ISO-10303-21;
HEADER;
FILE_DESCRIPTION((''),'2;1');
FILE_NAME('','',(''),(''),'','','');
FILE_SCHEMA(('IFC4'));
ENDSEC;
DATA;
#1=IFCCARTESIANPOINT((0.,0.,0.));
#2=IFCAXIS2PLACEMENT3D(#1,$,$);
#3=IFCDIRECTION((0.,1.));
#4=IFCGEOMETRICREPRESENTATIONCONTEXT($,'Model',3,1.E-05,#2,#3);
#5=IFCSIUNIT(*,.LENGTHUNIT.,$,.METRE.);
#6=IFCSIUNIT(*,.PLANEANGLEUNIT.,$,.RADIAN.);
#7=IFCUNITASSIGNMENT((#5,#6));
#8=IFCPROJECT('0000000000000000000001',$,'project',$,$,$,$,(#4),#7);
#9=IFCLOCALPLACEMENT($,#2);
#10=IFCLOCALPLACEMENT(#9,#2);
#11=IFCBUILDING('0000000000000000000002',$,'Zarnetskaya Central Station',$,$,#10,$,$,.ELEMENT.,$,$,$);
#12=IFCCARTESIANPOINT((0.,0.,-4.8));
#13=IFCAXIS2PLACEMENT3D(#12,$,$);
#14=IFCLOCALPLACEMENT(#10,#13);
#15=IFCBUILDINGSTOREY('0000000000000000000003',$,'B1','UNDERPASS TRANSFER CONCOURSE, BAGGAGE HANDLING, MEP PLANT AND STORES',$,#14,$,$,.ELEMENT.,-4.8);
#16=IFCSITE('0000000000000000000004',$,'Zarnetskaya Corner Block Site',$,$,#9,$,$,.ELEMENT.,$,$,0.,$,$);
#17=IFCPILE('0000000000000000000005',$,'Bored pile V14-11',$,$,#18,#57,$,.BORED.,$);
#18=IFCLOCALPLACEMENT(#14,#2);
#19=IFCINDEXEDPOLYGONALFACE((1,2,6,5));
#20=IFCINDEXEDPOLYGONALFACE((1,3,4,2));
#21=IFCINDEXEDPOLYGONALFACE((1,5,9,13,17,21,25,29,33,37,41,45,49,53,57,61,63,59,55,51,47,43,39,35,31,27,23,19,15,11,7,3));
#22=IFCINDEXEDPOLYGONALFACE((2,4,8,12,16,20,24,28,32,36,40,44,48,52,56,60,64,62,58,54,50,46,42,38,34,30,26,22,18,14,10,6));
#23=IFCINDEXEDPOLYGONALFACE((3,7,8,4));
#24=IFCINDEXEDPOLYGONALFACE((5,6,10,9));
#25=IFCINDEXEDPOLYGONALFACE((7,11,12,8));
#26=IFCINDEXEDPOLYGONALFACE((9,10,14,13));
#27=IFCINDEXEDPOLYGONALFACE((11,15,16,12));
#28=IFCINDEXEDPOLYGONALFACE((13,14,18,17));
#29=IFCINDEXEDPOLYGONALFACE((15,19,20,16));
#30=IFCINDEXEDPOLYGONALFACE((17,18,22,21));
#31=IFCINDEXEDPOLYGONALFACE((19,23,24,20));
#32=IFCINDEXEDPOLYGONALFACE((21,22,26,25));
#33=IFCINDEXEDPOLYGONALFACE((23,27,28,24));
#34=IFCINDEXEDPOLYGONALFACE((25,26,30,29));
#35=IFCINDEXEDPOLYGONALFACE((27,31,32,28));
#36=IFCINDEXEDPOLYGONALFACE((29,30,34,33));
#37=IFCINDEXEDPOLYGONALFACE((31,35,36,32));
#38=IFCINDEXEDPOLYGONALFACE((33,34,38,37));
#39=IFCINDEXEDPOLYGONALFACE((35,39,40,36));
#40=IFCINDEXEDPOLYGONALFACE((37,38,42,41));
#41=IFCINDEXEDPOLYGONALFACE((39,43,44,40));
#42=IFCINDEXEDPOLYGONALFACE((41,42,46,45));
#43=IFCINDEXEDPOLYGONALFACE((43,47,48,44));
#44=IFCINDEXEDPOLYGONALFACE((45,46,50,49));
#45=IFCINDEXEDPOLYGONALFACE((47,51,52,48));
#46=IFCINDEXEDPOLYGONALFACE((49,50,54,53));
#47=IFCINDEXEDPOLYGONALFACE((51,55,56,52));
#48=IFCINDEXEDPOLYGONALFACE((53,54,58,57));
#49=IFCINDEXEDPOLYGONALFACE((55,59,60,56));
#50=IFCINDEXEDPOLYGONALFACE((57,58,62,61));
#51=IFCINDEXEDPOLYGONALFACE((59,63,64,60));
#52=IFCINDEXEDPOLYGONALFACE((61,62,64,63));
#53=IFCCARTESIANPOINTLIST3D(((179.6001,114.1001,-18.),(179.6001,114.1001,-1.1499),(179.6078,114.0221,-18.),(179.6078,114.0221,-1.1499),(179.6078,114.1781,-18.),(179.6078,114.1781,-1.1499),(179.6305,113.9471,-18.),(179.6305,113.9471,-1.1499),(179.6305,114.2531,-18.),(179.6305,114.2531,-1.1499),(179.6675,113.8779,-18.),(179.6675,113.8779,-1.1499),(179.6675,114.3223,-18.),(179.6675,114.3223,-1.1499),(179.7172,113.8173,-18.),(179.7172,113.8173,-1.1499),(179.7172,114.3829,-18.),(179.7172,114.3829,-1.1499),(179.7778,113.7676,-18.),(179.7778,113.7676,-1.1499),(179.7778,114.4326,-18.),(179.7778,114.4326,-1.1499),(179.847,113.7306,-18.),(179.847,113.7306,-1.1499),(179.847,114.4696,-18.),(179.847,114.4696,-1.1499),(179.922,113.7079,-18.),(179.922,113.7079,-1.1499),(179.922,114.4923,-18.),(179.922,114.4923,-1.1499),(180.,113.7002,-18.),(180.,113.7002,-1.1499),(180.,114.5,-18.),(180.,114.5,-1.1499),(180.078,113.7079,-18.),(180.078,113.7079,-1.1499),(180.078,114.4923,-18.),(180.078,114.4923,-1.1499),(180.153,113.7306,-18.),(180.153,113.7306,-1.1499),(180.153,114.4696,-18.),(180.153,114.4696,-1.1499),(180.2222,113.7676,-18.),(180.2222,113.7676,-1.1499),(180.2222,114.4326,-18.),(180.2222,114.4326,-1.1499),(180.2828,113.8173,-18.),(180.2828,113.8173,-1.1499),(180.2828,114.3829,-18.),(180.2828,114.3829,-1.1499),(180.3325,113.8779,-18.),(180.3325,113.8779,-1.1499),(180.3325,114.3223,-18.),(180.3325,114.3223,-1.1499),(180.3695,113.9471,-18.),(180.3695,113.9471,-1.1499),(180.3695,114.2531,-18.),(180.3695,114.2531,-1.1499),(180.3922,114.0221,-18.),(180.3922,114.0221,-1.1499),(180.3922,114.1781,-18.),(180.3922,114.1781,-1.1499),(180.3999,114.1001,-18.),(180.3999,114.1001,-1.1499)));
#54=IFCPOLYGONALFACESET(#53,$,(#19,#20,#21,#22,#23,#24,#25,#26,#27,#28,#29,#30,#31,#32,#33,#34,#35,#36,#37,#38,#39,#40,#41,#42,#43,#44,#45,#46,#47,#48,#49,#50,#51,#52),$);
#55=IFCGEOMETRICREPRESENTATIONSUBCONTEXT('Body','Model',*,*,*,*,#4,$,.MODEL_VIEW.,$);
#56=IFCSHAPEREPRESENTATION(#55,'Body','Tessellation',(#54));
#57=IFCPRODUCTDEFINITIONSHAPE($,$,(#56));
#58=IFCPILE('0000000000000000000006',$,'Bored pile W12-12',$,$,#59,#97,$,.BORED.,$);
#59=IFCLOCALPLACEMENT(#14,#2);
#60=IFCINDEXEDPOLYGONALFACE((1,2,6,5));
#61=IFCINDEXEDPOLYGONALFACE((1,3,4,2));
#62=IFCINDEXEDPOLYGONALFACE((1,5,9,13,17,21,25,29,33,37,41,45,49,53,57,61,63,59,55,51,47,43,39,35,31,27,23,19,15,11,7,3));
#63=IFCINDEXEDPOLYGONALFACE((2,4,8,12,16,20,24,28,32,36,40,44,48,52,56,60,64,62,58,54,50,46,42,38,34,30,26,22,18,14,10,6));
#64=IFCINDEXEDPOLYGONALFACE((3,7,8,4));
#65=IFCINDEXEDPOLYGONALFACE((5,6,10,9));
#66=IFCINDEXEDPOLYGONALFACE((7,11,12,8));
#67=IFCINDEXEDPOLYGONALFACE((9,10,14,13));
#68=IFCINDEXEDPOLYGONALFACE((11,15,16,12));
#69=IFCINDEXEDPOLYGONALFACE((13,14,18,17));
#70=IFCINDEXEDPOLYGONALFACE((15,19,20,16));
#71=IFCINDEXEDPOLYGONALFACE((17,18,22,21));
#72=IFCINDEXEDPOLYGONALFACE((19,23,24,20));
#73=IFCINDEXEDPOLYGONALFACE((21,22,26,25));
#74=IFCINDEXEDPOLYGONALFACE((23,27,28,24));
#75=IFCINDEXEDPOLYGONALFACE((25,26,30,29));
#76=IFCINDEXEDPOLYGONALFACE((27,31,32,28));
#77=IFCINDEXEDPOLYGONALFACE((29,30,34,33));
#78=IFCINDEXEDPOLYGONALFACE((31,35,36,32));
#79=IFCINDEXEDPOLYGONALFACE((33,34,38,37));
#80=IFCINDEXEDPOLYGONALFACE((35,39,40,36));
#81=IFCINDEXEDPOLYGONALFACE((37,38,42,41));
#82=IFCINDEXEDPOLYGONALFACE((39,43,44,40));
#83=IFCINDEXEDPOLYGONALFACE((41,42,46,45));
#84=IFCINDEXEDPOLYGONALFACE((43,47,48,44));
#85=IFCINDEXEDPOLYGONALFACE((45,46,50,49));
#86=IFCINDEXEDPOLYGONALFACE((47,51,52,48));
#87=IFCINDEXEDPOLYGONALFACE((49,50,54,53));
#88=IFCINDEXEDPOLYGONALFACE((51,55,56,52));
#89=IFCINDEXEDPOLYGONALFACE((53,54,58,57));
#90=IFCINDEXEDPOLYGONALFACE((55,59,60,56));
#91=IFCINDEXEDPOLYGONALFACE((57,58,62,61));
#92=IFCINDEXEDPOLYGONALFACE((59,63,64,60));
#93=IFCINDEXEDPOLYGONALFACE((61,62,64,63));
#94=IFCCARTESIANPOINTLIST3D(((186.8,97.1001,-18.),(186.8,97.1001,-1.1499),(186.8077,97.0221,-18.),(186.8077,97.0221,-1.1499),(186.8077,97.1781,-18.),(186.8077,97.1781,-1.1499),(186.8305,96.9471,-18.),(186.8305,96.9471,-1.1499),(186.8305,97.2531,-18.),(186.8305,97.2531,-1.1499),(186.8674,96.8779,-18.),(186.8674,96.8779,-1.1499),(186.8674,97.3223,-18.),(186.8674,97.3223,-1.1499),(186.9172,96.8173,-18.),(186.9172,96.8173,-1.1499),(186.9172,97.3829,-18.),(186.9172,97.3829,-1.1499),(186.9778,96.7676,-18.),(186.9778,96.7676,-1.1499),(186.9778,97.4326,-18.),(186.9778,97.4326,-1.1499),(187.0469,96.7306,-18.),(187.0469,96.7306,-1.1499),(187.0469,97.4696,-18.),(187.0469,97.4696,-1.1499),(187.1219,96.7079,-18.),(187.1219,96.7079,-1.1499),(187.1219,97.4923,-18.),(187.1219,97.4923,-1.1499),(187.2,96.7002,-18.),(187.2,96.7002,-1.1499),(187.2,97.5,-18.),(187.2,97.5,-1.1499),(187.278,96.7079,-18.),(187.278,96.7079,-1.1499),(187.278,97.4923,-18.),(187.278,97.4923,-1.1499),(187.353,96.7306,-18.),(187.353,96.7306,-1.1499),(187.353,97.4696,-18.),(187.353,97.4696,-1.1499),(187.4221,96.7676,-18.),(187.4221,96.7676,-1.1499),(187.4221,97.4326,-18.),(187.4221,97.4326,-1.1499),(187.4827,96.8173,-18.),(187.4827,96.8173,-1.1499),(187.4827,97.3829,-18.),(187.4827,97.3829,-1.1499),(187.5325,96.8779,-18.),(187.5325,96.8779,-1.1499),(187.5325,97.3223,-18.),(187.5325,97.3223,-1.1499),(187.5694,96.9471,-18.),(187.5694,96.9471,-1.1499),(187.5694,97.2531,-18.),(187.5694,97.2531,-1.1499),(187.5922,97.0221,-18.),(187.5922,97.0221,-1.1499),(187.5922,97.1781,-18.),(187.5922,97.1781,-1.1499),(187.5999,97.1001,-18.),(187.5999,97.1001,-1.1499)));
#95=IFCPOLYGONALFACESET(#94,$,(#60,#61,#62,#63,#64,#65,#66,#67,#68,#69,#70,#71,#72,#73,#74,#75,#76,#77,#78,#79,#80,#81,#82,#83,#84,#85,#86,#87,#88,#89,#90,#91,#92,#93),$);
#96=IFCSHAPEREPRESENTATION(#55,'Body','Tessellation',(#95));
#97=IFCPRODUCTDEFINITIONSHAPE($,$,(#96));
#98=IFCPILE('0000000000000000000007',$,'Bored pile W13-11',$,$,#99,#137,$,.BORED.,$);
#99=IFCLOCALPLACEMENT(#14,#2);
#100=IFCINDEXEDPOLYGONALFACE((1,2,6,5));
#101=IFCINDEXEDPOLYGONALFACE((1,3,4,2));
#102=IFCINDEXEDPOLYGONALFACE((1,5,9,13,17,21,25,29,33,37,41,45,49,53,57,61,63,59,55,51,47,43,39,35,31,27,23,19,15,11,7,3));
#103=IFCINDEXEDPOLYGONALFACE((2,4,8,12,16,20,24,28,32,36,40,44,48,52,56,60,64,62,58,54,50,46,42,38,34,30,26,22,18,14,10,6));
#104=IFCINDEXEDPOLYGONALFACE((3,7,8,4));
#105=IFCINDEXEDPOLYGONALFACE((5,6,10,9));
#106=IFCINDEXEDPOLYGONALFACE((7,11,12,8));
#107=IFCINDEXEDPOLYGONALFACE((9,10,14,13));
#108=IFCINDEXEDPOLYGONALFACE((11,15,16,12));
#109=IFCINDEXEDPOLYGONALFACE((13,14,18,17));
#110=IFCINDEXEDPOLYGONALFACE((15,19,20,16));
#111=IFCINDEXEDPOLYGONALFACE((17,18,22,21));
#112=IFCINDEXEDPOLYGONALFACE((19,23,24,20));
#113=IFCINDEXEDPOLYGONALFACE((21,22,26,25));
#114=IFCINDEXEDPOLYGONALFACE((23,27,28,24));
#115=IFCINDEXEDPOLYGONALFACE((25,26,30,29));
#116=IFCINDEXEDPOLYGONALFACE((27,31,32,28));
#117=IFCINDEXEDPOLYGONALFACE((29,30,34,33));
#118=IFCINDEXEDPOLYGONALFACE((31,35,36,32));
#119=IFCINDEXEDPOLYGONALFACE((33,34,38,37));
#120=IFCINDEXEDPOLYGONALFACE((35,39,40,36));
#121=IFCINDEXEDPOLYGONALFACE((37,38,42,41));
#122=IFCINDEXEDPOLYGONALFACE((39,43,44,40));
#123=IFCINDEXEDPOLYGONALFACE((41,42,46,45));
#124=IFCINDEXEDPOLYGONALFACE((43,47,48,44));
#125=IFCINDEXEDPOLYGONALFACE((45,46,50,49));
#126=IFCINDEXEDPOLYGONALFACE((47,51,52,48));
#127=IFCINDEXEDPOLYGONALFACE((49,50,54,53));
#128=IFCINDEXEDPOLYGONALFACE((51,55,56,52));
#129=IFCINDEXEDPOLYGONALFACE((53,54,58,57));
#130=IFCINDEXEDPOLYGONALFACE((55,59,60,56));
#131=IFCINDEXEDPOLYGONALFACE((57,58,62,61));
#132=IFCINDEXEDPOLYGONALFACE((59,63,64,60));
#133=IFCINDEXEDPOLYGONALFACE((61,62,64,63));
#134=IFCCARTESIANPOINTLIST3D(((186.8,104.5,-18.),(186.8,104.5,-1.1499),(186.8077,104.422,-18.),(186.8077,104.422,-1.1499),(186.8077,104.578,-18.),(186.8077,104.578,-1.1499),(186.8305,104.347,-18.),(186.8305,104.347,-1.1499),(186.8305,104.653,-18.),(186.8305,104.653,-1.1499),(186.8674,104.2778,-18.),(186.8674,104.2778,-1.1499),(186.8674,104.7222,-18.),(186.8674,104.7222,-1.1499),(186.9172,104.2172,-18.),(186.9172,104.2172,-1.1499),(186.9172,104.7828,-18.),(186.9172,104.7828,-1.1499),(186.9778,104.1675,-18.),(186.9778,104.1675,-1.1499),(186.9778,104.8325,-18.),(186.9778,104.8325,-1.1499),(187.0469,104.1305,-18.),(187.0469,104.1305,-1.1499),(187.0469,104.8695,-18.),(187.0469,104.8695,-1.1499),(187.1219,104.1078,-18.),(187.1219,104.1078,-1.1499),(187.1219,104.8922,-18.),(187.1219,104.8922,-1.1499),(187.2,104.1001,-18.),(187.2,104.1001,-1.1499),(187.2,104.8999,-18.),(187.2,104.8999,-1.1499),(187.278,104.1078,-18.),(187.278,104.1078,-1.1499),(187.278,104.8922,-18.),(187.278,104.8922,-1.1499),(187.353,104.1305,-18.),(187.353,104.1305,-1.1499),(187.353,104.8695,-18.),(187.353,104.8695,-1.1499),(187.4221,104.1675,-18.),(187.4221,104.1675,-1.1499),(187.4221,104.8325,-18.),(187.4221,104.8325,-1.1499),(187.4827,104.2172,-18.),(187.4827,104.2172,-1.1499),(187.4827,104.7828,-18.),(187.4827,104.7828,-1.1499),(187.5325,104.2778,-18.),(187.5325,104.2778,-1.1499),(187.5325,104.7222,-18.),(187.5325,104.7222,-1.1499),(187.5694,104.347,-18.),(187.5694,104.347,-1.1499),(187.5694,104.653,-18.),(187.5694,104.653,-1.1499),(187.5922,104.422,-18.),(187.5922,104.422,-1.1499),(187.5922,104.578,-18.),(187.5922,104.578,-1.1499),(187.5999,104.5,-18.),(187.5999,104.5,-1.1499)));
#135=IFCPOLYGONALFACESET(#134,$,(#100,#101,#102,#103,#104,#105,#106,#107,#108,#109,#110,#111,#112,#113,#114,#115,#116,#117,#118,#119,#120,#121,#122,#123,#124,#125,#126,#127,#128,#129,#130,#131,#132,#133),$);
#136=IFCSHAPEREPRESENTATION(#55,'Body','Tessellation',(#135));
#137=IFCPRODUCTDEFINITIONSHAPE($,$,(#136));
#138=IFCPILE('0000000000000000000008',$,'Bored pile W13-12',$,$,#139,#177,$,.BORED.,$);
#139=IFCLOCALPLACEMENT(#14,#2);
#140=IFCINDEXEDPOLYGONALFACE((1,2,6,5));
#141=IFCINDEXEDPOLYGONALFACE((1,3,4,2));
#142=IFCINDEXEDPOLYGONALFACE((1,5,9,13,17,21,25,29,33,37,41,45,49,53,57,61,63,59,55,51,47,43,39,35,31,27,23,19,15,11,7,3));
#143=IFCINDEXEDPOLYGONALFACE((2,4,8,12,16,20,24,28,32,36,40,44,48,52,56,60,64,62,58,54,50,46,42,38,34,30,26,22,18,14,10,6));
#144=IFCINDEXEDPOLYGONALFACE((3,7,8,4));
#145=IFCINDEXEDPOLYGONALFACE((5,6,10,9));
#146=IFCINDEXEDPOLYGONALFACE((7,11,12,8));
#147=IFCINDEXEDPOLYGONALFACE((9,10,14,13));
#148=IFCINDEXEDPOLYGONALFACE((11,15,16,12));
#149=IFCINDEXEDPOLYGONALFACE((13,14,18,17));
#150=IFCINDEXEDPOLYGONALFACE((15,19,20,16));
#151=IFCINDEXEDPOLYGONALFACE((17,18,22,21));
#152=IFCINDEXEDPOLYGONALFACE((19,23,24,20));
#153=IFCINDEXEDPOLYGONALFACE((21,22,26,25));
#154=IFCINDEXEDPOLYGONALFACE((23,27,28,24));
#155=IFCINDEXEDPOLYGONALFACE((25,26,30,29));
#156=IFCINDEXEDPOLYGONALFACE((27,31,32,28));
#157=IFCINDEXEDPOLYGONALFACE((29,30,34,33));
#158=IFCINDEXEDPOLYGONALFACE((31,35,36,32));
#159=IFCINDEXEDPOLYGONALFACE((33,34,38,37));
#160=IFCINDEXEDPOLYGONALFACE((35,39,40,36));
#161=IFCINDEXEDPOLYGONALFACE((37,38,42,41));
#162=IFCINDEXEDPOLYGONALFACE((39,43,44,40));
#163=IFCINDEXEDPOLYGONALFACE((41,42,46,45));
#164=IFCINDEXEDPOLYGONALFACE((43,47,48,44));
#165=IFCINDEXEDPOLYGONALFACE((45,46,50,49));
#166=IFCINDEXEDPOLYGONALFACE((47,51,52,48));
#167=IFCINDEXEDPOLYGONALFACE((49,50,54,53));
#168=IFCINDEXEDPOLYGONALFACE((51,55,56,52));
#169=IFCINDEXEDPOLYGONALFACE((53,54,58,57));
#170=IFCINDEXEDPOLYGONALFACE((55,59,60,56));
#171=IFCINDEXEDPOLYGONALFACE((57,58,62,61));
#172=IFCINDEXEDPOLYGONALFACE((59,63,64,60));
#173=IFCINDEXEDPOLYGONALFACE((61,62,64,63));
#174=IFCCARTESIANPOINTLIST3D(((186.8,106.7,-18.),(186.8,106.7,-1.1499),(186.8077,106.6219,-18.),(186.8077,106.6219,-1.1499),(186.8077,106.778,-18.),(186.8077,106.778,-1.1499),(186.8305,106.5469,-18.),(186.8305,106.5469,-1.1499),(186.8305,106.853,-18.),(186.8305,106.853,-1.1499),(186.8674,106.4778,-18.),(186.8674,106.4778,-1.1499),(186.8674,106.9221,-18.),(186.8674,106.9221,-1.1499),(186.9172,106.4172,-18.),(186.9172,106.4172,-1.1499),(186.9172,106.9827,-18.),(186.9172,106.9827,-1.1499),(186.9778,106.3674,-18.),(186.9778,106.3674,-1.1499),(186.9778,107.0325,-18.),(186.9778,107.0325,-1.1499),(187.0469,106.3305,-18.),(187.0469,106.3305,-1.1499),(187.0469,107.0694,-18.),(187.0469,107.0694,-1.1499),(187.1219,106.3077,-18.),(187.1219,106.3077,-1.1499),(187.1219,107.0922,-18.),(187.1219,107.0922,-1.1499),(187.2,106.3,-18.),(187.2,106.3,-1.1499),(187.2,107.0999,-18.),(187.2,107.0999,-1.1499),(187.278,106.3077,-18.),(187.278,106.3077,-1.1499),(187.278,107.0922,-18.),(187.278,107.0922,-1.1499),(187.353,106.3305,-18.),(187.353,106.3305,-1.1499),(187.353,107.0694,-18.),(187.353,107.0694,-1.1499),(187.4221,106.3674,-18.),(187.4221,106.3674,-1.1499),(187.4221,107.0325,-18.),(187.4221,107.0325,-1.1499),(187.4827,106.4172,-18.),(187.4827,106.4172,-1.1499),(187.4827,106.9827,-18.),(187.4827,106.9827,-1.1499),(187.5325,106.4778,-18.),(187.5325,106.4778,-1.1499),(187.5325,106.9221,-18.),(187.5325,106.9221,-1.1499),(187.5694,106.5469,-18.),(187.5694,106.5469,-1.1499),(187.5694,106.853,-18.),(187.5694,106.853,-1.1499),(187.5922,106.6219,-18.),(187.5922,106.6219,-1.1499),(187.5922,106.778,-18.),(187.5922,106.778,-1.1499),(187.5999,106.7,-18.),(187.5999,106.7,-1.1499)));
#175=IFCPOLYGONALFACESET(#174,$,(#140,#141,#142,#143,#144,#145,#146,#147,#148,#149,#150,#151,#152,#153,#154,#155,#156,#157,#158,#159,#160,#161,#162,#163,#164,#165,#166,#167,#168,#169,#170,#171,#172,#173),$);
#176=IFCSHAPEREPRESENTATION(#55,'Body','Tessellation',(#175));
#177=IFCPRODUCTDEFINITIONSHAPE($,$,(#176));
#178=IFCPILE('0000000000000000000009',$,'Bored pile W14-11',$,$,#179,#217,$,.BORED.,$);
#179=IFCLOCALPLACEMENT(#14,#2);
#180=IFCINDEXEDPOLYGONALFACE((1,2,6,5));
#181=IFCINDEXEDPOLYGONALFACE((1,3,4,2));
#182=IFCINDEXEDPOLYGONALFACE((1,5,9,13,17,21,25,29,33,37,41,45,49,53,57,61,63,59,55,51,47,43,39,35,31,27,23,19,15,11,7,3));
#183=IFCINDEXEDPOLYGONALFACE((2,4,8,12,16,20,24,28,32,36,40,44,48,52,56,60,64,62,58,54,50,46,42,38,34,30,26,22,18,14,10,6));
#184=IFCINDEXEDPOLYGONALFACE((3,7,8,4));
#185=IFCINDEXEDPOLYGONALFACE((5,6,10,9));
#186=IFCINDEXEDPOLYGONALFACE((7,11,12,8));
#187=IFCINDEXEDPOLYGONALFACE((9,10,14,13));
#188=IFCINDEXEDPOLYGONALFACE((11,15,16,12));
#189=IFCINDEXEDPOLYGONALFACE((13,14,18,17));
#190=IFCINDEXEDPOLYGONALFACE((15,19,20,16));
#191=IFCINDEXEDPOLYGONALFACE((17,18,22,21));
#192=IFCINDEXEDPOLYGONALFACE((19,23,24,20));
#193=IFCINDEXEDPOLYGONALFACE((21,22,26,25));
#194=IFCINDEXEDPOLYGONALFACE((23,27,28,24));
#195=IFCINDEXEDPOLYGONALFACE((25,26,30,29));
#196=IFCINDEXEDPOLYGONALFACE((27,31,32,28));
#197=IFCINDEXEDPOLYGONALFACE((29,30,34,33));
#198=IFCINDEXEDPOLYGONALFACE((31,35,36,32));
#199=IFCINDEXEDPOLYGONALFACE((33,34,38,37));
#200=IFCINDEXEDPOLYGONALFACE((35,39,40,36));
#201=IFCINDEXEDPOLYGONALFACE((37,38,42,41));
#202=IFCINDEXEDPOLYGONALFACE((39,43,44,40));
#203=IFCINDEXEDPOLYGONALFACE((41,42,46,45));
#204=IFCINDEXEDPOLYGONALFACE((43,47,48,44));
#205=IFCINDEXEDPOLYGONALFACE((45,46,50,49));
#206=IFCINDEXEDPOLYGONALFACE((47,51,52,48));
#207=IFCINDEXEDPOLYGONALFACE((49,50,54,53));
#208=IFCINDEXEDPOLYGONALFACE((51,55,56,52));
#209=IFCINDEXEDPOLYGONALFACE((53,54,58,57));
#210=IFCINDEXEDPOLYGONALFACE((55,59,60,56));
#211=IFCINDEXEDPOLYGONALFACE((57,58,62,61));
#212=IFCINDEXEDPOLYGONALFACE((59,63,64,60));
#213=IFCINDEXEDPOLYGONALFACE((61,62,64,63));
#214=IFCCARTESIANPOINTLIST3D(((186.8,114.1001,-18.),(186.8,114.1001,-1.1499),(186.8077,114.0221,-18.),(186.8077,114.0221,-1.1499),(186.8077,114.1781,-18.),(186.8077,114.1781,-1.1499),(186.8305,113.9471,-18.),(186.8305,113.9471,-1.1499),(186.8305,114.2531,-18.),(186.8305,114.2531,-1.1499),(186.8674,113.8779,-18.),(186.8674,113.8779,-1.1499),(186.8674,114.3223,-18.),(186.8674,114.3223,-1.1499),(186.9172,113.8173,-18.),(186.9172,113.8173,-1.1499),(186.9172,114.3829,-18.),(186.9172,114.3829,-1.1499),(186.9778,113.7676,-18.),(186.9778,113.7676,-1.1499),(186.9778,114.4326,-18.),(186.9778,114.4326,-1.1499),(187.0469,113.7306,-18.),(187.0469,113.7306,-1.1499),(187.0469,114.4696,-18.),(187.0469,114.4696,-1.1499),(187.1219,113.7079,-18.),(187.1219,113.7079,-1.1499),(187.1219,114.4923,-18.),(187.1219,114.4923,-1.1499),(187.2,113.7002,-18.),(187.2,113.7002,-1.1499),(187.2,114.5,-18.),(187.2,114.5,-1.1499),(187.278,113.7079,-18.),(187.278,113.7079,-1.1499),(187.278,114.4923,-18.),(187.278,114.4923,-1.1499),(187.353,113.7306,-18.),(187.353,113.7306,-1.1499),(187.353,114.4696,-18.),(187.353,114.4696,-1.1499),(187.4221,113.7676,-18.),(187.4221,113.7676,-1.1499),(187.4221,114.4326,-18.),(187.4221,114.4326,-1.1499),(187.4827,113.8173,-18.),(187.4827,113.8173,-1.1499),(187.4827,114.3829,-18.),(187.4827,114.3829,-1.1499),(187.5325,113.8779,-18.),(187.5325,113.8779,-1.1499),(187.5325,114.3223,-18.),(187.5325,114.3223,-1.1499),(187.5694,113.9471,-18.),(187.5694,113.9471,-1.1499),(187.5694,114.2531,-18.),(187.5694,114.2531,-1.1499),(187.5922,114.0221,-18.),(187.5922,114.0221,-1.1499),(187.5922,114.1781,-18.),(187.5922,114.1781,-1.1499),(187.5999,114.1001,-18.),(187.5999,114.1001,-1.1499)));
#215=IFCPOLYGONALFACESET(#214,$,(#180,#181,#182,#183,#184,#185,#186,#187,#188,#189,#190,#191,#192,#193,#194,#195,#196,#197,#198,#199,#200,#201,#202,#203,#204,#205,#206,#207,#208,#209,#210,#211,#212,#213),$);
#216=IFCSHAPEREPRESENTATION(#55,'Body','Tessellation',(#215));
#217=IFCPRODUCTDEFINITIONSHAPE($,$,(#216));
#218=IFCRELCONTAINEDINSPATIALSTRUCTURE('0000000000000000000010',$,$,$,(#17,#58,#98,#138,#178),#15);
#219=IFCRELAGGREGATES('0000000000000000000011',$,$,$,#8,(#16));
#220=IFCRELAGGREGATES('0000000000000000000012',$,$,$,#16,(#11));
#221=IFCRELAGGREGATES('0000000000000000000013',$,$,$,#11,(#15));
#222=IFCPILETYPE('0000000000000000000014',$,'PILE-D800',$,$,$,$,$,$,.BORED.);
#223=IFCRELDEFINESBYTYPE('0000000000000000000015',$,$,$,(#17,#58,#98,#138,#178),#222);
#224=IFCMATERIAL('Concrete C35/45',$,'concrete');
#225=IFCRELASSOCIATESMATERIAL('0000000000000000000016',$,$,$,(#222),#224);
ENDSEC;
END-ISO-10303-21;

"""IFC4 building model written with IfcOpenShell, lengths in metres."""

from ifc_helpers import new_model, si_unit, direction, frame, origin, origin_2d, place, context, subcontext, project, spatial, circle, extrude, material, material_profile, profile_set, type_object, element, save


model = new_model("IFC4")

# Units and contexts
model_context = context("Model", 3, precision=1e-05, world=origin(), true_north=direction((0.0, 1.0)))
body_context = subcontext(model_context, "Body", "Model", "MODEL_VIEW")
ifc_project = project(units=[si_unit("LENGTHUNIT", "METRE"), si_unit("PLANEANGLEUNIT", "RADIAN")], contexts=[model_context])

# Site, building, storey
site_placement = place(None, origin())
site = spatial("IfcSite", under=ifc_project, at=site_placement, Name="Zarnetskaya Corner Block Site", CompositionType="ELEMENT", RefElevation=0.0)
building_placement = place(site_placement, origin())
building = spatial("IfcBuilding", under=site, at=building_placement, Name="Zarnetskaya Central Station", CompositionType="ELEMENT")
storey_placement = place(building_placement, frame((0.0, 0.0, -4.8)))
storey = spatial("IfcBuildingStorey", under=building, at=storey_placement, Name="B1", Description="UNDERPASS TRANSFER CONCOURSE, BAGGAGE HANDLING, MEP PLANT AND STORES", CompositionType="ELEMENT", Elevation=-4.8)

# Shared definitions
ifc_material = material(Name="Concrete C35/45", Category="concrete")

# Piles
ifc_material_profile_1 = material_profile(ifc_material, circle(Radius=0.3999, at=origin_2d()), Name="BORED PILE D800")
ifc_profile_set_1 = profile_set([ifc_material_profile_1], Name="Concrete C35/45")
pile_type = type_object("IfcPileType", Name="PILE-D800", PredefinedType="BORED", material=ifc_profile_set_1)
for number, where, z_axis, x_axis, name in (
    (1, (180.0, 114.1001, -1.1499), (0.0, 0.0, -1.0), (1.0, 0.0, 0.0), "Bored pile V14-11"),
    (2, (187.2, 97.1001, -1.1499), (0.0, 0.0, -1.0), (1.0, 0.0, 0.0), "Bored pile W12-12"),
    (3, (187.2, 104.5, -1.1499), (0.0, 0.0, -1.0), (1.0, 0.0, 0.0), "Bored pile W13-11"),
    (4, (187.2, 106.7, -1.1499), (0.0, 0.0, -1.0), (1.0, 0.0, 0.0), "Bored pile W13-12"),
    (5, (187.2, 114.1001, -1.1499), (0.0, 0.0, -1.0), (1.0, 0.0, 0.0), "Bored pile W14-11"),
):
    element("IfcPile", number, at=place(storey_placement, frame(where, z_axis=z_axis, x_axis=x_axis)), inside=storey, type_object=pile_type, Name=name, PredefinedType="BORED", context=body_context, shape_type="SweptSolid", body=[
        extrude(circle(Radius=0.3999, at=origin_2d()), origin(), (0.0, 0.0, 1.0), 16.8501),
    ])

save(model, "model.ifc")
